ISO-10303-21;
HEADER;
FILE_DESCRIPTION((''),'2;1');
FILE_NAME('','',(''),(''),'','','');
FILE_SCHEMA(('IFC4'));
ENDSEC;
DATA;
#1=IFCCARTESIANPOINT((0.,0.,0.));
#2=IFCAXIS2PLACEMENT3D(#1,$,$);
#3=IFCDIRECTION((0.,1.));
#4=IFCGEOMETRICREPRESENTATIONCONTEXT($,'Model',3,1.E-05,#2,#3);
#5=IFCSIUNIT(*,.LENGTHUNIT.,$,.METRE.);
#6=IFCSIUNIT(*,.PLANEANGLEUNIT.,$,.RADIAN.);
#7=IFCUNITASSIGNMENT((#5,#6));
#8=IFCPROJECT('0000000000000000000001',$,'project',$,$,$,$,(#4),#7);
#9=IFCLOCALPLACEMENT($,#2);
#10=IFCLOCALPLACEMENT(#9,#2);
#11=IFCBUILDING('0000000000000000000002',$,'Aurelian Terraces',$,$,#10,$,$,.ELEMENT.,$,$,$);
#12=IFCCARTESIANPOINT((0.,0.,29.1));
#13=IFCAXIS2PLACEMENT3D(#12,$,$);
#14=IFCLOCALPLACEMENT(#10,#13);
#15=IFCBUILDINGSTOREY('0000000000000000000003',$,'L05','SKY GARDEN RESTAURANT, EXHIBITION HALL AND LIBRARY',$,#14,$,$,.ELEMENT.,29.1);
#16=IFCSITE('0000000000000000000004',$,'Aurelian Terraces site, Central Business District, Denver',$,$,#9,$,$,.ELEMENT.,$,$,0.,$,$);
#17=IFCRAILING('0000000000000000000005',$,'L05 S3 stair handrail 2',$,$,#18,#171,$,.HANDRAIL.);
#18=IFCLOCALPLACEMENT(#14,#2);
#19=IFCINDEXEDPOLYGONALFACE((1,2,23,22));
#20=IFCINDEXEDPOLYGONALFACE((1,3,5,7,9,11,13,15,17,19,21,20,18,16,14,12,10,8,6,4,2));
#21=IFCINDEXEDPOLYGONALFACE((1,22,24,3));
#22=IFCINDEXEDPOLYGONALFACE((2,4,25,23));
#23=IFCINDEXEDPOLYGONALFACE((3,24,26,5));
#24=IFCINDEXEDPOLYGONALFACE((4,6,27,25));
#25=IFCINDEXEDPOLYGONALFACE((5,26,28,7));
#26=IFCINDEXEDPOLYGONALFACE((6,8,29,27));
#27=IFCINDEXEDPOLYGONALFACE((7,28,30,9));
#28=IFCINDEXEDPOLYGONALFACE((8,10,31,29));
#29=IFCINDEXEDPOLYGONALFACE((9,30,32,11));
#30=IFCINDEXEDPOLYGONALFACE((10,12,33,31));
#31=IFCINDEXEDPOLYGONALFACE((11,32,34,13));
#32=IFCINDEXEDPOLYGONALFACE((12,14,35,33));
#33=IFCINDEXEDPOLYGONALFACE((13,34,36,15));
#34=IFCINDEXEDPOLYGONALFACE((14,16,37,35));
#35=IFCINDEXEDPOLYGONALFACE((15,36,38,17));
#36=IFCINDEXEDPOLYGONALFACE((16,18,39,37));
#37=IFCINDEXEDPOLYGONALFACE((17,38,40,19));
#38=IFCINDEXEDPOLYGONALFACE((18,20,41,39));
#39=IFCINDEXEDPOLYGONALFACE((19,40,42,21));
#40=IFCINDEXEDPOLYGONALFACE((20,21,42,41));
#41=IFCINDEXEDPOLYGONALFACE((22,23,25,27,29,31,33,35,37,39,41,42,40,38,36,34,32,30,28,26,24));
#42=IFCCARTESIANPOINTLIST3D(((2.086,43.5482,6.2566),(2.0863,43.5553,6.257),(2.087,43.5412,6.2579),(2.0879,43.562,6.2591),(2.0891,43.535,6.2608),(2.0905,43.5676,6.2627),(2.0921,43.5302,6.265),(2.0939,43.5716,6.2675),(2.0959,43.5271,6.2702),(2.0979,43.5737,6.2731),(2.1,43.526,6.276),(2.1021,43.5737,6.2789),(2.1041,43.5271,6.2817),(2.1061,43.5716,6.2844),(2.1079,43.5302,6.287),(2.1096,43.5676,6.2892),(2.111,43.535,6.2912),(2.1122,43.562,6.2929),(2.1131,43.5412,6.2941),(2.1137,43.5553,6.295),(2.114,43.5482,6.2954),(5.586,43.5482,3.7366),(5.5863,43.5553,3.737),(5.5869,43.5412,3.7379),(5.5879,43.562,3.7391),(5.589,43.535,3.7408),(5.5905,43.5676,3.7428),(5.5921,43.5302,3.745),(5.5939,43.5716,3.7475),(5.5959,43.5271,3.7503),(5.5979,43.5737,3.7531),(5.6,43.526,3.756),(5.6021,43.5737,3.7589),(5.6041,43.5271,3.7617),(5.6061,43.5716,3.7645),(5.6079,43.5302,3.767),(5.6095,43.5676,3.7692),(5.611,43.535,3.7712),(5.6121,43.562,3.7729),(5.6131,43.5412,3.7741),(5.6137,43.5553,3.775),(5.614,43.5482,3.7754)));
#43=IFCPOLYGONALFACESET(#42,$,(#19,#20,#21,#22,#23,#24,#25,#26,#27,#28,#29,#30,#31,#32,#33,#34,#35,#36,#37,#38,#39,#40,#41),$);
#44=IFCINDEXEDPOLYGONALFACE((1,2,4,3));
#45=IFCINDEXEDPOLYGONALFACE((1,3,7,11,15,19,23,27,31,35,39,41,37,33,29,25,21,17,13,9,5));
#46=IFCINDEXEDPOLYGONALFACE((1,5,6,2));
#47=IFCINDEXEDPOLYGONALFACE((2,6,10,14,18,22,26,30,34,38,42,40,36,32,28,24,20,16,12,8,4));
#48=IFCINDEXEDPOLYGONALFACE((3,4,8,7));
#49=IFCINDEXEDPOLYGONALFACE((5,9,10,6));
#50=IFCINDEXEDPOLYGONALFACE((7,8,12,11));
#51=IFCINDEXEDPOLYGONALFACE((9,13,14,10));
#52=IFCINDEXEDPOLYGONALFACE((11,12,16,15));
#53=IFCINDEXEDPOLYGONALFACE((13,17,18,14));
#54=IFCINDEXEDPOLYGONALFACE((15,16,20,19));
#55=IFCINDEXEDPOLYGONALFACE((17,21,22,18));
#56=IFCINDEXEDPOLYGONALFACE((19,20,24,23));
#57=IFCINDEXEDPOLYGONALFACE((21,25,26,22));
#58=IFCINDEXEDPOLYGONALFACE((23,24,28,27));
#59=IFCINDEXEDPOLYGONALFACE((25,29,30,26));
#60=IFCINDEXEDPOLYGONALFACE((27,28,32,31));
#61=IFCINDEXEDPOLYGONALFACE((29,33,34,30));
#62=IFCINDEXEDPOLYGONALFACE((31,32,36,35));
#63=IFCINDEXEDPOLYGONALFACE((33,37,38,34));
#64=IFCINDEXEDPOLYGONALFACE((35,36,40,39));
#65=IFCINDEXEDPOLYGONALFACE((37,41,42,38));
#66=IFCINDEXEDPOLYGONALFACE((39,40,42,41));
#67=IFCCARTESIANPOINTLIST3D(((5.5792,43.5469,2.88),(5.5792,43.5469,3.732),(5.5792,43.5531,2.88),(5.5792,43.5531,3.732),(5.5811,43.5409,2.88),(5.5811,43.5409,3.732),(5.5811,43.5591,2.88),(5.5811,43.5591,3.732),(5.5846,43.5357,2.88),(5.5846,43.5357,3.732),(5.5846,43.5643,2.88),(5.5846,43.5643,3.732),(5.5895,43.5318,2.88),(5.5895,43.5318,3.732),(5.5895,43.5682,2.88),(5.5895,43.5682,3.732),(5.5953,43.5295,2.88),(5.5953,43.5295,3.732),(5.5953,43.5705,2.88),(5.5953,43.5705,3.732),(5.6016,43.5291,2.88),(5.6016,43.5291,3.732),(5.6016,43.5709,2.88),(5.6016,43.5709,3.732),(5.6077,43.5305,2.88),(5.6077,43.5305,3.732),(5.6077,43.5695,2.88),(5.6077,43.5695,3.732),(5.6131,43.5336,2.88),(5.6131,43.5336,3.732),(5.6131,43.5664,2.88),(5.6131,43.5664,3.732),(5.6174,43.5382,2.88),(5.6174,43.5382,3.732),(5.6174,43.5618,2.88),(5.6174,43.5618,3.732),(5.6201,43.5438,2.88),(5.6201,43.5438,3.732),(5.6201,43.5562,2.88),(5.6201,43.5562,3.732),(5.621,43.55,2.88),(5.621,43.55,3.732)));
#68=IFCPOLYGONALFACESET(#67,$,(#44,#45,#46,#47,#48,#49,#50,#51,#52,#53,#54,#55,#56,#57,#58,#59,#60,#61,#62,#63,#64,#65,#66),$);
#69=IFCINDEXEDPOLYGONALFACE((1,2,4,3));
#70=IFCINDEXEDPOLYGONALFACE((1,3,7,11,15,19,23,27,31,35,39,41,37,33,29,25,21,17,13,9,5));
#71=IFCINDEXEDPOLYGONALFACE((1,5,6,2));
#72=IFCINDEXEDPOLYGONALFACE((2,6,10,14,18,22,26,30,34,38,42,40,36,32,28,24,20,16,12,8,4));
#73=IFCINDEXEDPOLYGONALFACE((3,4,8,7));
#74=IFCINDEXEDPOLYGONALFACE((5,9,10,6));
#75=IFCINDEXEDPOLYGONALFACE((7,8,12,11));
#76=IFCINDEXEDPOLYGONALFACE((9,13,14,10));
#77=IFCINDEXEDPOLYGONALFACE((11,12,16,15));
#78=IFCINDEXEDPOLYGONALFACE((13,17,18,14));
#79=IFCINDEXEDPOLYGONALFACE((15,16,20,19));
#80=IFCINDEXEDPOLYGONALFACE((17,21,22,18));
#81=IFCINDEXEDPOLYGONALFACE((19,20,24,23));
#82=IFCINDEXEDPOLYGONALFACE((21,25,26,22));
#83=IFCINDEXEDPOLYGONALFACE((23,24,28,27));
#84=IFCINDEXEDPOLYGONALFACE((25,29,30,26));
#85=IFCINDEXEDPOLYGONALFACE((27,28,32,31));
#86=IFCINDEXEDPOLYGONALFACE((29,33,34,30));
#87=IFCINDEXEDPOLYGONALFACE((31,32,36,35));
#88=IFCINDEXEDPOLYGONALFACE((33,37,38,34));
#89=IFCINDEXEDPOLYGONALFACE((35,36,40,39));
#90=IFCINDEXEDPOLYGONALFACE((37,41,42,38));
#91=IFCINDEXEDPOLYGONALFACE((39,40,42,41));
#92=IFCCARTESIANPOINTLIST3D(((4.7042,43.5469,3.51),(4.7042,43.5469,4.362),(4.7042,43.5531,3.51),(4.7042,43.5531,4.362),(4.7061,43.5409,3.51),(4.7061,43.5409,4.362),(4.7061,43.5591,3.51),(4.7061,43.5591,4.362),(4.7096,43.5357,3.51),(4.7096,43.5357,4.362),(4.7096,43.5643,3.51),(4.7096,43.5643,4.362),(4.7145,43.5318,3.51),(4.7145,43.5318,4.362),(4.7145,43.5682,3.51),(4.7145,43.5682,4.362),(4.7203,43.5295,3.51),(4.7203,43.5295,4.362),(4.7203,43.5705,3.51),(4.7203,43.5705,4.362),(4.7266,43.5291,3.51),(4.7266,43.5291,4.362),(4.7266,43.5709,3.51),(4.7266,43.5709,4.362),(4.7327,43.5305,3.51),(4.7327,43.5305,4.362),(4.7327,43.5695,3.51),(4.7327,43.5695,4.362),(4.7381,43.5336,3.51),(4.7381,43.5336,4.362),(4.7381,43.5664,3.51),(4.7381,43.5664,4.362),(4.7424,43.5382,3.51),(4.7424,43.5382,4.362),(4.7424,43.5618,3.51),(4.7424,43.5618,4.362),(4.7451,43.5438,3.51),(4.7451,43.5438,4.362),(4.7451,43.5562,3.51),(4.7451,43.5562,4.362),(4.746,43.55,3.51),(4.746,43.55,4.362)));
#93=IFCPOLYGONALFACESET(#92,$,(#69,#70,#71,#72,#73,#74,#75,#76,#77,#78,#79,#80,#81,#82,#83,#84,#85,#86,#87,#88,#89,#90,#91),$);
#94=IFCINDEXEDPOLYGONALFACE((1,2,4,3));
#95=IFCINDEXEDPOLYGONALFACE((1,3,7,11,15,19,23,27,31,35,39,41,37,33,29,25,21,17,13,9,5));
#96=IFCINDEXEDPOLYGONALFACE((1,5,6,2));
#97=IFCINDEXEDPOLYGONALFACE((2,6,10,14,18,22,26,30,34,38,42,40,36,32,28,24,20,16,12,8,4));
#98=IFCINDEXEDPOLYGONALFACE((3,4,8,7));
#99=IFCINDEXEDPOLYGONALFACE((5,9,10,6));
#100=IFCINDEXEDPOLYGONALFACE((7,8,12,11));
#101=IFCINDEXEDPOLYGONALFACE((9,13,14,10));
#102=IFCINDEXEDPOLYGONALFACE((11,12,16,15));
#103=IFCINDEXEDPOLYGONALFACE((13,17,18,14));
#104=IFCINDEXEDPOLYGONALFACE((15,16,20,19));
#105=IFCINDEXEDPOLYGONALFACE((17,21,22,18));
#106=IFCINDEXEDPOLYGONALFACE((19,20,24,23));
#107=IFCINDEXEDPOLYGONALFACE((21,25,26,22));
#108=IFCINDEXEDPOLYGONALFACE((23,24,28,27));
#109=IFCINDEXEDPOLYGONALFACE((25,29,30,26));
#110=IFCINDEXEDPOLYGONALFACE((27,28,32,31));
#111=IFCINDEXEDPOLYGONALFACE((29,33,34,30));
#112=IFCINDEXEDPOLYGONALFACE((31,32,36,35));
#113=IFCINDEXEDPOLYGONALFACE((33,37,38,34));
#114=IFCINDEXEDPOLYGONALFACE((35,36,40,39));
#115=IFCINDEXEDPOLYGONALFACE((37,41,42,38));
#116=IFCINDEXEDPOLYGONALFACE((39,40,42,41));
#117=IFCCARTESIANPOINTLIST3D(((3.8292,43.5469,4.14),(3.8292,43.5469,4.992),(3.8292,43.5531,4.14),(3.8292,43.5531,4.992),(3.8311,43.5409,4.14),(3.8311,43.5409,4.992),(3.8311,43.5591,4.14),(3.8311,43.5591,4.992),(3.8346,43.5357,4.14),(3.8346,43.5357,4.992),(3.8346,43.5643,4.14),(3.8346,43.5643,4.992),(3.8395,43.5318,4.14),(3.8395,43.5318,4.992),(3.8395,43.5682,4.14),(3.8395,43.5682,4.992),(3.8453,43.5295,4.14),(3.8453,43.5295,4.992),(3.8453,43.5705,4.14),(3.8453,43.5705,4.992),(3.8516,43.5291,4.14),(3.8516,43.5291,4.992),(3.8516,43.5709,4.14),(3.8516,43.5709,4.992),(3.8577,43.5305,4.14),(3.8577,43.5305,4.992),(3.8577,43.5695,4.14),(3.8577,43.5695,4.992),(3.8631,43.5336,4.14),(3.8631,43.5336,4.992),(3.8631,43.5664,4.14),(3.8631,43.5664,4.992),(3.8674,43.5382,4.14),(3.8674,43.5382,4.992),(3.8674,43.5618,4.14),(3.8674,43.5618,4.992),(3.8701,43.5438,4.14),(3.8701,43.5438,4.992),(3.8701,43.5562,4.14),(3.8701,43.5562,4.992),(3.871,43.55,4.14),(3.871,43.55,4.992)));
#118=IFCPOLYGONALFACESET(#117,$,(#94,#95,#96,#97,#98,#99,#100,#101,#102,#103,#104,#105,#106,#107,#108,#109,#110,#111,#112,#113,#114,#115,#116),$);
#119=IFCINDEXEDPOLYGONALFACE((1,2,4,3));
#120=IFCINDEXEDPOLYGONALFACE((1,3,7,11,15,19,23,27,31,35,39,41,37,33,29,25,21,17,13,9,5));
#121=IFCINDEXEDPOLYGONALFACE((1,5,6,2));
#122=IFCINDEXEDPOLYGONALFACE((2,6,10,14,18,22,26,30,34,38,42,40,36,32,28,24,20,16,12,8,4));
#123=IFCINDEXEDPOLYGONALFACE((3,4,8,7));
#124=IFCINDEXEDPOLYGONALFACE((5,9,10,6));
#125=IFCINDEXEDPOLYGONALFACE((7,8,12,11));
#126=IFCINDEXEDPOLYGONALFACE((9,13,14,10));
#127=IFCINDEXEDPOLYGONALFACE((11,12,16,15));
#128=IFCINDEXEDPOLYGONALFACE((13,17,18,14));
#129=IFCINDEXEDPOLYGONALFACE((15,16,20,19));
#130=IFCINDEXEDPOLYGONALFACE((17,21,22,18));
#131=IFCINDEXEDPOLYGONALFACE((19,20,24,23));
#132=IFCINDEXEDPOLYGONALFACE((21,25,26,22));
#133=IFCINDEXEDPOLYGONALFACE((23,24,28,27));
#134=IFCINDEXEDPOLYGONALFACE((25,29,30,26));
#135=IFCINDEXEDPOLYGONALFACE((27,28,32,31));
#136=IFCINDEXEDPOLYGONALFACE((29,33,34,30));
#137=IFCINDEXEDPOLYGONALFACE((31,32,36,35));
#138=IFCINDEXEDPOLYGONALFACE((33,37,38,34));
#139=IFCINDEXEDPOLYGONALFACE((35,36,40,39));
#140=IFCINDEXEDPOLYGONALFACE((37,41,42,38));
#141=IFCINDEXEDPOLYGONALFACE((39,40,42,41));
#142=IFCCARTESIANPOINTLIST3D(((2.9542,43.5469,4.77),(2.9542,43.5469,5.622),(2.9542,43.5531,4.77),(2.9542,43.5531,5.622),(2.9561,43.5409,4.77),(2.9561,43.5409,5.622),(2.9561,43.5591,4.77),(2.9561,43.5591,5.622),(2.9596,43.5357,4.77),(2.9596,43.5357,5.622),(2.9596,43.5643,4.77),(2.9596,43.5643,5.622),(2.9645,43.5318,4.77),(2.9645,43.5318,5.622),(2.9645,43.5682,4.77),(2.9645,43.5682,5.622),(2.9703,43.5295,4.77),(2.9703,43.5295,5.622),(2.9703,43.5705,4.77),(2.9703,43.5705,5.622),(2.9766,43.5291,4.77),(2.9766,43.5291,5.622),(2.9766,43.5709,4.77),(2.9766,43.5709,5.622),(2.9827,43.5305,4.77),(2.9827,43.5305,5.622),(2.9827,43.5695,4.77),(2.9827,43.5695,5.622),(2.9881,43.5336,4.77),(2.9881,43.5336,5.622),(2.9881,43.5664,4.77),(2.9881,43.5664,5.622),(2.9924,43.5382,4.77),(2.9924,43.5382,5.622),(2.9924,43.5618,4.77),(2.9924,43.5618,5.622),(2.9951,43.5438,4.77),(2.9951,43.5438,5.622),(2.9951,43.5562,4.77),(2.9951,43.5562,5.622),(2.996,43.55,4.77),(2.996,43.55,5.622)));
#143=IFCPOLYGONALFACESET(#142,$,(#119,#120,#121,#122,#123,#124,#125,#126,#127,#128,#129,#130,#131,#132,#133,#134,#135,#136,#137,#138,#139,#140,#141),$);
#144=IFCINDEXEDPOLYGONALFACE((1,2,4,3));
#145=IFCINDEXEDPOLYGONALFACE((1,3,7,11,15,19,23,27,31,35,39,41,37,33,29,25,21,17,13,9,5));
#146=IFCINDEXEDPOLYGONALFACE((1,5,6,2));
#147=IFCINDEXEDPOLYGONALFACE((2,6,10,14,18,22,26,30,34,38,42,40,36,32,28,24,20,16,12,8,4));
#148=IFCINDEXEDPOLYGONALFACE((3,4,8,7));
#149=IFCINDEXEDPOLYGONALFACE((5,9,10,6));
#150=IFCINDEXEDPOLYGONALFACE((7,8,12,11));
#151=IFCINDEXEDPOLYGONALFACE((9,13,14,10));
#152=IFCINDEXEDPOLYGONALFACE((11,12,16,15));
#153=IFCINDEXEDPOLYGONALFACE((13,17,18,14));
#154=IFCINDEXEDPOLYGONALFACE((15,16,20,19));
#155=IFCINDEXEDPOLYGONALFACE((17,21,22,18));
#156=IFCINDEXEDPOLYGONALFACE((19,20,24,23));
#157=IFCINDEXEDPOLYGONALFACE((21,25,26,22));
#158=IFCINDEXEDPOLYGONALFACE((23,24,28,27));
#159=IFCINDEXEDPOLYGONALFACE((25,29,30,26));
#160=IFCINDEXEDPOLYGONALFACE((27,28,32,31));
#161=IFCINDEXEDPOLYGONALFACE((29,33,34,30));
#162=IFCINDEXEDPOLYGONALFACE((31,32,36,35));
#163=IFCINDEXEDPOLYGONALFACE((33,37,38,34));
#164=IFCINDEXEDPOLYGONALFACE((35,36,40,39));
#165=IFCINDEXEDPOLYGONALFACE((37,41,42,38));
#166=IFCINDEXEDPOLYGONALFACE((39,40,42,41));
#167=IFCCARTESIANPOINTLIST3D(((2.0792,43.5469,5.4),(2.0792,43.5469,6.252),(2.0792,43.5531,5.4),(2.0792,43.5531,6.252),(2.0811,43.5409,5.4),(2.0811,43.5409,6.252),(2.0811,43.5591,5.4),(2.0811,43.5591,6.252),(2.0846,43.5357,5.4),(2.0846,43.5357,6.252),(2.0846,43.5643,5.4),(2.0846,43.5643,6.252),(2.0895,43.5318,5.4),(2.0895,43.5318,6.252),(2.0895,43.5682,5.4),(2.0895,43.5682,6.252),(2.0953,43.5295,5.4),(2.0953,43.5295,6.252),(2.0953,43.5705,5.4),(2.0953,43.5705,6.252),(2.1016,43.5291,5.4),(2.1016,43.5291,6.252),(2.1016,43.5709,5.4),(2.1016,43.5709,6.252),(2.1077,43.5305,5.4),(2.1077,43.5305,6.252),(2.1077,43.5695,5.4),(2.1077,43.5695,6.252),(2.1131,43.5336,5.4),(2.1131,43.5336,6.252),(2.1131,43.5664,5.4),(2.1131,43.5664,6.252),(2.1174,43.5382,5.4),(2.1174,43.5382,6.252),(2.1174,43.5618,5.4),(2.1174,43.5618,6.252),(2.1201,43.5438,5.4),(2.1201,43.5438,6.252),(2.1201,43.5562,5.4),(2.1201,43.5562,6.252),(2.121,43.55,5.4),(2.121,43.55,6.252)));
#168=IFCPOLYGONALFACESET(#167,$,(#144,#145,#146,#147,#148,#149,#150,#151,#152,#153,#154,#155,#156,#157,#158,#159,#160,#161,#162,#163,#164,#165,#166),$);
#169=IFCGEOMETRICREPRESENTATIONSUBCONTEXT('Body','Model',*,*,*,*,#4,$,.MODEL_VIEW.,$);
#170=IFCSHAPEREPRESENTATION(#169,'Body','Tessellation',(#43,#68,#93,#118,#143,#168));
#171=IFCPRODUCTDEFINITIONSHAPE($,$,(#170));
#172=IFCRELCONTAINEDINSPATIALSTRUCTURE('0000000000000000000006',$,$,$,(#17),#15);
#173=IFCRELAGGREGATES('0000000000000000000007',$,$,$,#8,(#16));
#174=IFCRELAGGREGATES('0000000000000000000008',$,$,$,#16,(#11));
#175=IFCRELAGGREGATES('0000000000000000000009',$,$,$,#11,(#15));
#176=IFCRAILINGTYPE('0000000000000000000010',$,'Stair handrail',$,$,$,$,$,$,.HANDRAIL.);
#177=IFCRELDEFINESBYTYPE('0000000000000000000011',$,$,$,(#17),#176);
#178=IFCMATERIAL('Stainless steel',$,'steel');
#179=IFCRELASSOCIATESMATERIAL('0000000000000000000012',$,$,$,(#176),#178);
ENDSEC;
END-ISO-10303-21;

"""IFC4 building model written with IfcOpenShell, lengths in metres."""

from ifc_helpers import new_model, si_unit, direction, frame, origin, origin_2d, place, context, subcontext, project, spatial, circle, extrude, source, transform, mapped, material, type_object, element, save


model = new_model("IFC4")

# Units and contexts
model_context = context("Model", 3, precision=1e-05, world=origin(), true_north=direction((0.0, 1.0)))
body_context = subcontext(model_context, "Body", "Model", "MODEL_VIEW")
ifc_project = project(units=[si_unit("LENGTHUNIT", "METRE"), si_unit("PLANEANGLEUNIT", "RADIAN")], contexts=[model_context])

# Site, building, storey
site_placement = place(None, origin())
site = spatial("IfcSite", under=ifc_project, at=site_placement, Name="Aurelian Terraces site, Central Business District, Denver", CompositionType="ELEMENT", RefElevation=0.0)
building_placement = place(site_placement, origin())
building = spatial("IfcBuilding", under=site, at=building_placement, Name="Aurelian Terraces", CompositionType="ELEMENT")
storey_placement = place(building_placement, frame((0.0, 0.0, 29.1)))
storey = spatial("IfcBuildingStorey", under=building, at=storey_placement, Name="L05", Description="SKY GARDEN RESTAURANT, EXHIBITION HALL AND LIBRARY", CompositionType="ELEMENT", Elevation=29.1)

# Railing
ifc_material_1 = material(Name="Stainless steel", Category="steel")
railing_type_1 = type_object("IfcRailingType", Name="Stair handrail", PredefinedType="HANDRAIL", material=ifc_material_1)
shared_shape_1 = source(origin(), body_context, "Body", "SweptSolid", [
    extrude(circle(Radius=0.024, at=origin_2d()), frame((0.0, 0.0, 0.876), z_axis=(-0.811534, 0.0, 0.584305), x_axis=(0.0, -1.0, 0.0)), (0.0, 0.0, 1.0), 4.3128),
    extrude(circle(Radius=0.021, at=origin_2d()), origin(), (0.0, 0.0, 1.0), 0.852),
    extrude(circle(Radius=0.021, at=origin_2d()), frame((-0.875, 0.0, 0.63)), (0.0, 0.0, 1.0), 0.852),
    extrude(circle(Radius=0.021, at=origin_2d()), frame((-1.75, 0.0, 1.26)), (0.0, 0.0, 1.0), 0.852),
    extrude(circle(Radius=0.021, at=origin_2d()), frame((-2.625, 0.0, 1.89)), (0.0, 0.0, 1.0), 0.852),
    extrude(circle(Radius=0.021, at=origin_2d()), frame((-3.5, 0.0, 2.52)), (0.0, 0.0, 1.0), 0.852),
])
railing_1_placement = place(storey_placement, frame((5.6, 43.55, 2.88)))
element("IfcRailing", 1, at=railing_1_placement, inside=storey, type_object=railing_type_1, Name="L05 S3 stair handrail 2", PredefinedType="HANDRAIL", context=body_context, shape_type="MappedRepresentation", body=[
    mapped(shared_shape_1, transform((0.0, 0.0, 0.0), scale=1.0)),
])

save(model, "model.ifc")
